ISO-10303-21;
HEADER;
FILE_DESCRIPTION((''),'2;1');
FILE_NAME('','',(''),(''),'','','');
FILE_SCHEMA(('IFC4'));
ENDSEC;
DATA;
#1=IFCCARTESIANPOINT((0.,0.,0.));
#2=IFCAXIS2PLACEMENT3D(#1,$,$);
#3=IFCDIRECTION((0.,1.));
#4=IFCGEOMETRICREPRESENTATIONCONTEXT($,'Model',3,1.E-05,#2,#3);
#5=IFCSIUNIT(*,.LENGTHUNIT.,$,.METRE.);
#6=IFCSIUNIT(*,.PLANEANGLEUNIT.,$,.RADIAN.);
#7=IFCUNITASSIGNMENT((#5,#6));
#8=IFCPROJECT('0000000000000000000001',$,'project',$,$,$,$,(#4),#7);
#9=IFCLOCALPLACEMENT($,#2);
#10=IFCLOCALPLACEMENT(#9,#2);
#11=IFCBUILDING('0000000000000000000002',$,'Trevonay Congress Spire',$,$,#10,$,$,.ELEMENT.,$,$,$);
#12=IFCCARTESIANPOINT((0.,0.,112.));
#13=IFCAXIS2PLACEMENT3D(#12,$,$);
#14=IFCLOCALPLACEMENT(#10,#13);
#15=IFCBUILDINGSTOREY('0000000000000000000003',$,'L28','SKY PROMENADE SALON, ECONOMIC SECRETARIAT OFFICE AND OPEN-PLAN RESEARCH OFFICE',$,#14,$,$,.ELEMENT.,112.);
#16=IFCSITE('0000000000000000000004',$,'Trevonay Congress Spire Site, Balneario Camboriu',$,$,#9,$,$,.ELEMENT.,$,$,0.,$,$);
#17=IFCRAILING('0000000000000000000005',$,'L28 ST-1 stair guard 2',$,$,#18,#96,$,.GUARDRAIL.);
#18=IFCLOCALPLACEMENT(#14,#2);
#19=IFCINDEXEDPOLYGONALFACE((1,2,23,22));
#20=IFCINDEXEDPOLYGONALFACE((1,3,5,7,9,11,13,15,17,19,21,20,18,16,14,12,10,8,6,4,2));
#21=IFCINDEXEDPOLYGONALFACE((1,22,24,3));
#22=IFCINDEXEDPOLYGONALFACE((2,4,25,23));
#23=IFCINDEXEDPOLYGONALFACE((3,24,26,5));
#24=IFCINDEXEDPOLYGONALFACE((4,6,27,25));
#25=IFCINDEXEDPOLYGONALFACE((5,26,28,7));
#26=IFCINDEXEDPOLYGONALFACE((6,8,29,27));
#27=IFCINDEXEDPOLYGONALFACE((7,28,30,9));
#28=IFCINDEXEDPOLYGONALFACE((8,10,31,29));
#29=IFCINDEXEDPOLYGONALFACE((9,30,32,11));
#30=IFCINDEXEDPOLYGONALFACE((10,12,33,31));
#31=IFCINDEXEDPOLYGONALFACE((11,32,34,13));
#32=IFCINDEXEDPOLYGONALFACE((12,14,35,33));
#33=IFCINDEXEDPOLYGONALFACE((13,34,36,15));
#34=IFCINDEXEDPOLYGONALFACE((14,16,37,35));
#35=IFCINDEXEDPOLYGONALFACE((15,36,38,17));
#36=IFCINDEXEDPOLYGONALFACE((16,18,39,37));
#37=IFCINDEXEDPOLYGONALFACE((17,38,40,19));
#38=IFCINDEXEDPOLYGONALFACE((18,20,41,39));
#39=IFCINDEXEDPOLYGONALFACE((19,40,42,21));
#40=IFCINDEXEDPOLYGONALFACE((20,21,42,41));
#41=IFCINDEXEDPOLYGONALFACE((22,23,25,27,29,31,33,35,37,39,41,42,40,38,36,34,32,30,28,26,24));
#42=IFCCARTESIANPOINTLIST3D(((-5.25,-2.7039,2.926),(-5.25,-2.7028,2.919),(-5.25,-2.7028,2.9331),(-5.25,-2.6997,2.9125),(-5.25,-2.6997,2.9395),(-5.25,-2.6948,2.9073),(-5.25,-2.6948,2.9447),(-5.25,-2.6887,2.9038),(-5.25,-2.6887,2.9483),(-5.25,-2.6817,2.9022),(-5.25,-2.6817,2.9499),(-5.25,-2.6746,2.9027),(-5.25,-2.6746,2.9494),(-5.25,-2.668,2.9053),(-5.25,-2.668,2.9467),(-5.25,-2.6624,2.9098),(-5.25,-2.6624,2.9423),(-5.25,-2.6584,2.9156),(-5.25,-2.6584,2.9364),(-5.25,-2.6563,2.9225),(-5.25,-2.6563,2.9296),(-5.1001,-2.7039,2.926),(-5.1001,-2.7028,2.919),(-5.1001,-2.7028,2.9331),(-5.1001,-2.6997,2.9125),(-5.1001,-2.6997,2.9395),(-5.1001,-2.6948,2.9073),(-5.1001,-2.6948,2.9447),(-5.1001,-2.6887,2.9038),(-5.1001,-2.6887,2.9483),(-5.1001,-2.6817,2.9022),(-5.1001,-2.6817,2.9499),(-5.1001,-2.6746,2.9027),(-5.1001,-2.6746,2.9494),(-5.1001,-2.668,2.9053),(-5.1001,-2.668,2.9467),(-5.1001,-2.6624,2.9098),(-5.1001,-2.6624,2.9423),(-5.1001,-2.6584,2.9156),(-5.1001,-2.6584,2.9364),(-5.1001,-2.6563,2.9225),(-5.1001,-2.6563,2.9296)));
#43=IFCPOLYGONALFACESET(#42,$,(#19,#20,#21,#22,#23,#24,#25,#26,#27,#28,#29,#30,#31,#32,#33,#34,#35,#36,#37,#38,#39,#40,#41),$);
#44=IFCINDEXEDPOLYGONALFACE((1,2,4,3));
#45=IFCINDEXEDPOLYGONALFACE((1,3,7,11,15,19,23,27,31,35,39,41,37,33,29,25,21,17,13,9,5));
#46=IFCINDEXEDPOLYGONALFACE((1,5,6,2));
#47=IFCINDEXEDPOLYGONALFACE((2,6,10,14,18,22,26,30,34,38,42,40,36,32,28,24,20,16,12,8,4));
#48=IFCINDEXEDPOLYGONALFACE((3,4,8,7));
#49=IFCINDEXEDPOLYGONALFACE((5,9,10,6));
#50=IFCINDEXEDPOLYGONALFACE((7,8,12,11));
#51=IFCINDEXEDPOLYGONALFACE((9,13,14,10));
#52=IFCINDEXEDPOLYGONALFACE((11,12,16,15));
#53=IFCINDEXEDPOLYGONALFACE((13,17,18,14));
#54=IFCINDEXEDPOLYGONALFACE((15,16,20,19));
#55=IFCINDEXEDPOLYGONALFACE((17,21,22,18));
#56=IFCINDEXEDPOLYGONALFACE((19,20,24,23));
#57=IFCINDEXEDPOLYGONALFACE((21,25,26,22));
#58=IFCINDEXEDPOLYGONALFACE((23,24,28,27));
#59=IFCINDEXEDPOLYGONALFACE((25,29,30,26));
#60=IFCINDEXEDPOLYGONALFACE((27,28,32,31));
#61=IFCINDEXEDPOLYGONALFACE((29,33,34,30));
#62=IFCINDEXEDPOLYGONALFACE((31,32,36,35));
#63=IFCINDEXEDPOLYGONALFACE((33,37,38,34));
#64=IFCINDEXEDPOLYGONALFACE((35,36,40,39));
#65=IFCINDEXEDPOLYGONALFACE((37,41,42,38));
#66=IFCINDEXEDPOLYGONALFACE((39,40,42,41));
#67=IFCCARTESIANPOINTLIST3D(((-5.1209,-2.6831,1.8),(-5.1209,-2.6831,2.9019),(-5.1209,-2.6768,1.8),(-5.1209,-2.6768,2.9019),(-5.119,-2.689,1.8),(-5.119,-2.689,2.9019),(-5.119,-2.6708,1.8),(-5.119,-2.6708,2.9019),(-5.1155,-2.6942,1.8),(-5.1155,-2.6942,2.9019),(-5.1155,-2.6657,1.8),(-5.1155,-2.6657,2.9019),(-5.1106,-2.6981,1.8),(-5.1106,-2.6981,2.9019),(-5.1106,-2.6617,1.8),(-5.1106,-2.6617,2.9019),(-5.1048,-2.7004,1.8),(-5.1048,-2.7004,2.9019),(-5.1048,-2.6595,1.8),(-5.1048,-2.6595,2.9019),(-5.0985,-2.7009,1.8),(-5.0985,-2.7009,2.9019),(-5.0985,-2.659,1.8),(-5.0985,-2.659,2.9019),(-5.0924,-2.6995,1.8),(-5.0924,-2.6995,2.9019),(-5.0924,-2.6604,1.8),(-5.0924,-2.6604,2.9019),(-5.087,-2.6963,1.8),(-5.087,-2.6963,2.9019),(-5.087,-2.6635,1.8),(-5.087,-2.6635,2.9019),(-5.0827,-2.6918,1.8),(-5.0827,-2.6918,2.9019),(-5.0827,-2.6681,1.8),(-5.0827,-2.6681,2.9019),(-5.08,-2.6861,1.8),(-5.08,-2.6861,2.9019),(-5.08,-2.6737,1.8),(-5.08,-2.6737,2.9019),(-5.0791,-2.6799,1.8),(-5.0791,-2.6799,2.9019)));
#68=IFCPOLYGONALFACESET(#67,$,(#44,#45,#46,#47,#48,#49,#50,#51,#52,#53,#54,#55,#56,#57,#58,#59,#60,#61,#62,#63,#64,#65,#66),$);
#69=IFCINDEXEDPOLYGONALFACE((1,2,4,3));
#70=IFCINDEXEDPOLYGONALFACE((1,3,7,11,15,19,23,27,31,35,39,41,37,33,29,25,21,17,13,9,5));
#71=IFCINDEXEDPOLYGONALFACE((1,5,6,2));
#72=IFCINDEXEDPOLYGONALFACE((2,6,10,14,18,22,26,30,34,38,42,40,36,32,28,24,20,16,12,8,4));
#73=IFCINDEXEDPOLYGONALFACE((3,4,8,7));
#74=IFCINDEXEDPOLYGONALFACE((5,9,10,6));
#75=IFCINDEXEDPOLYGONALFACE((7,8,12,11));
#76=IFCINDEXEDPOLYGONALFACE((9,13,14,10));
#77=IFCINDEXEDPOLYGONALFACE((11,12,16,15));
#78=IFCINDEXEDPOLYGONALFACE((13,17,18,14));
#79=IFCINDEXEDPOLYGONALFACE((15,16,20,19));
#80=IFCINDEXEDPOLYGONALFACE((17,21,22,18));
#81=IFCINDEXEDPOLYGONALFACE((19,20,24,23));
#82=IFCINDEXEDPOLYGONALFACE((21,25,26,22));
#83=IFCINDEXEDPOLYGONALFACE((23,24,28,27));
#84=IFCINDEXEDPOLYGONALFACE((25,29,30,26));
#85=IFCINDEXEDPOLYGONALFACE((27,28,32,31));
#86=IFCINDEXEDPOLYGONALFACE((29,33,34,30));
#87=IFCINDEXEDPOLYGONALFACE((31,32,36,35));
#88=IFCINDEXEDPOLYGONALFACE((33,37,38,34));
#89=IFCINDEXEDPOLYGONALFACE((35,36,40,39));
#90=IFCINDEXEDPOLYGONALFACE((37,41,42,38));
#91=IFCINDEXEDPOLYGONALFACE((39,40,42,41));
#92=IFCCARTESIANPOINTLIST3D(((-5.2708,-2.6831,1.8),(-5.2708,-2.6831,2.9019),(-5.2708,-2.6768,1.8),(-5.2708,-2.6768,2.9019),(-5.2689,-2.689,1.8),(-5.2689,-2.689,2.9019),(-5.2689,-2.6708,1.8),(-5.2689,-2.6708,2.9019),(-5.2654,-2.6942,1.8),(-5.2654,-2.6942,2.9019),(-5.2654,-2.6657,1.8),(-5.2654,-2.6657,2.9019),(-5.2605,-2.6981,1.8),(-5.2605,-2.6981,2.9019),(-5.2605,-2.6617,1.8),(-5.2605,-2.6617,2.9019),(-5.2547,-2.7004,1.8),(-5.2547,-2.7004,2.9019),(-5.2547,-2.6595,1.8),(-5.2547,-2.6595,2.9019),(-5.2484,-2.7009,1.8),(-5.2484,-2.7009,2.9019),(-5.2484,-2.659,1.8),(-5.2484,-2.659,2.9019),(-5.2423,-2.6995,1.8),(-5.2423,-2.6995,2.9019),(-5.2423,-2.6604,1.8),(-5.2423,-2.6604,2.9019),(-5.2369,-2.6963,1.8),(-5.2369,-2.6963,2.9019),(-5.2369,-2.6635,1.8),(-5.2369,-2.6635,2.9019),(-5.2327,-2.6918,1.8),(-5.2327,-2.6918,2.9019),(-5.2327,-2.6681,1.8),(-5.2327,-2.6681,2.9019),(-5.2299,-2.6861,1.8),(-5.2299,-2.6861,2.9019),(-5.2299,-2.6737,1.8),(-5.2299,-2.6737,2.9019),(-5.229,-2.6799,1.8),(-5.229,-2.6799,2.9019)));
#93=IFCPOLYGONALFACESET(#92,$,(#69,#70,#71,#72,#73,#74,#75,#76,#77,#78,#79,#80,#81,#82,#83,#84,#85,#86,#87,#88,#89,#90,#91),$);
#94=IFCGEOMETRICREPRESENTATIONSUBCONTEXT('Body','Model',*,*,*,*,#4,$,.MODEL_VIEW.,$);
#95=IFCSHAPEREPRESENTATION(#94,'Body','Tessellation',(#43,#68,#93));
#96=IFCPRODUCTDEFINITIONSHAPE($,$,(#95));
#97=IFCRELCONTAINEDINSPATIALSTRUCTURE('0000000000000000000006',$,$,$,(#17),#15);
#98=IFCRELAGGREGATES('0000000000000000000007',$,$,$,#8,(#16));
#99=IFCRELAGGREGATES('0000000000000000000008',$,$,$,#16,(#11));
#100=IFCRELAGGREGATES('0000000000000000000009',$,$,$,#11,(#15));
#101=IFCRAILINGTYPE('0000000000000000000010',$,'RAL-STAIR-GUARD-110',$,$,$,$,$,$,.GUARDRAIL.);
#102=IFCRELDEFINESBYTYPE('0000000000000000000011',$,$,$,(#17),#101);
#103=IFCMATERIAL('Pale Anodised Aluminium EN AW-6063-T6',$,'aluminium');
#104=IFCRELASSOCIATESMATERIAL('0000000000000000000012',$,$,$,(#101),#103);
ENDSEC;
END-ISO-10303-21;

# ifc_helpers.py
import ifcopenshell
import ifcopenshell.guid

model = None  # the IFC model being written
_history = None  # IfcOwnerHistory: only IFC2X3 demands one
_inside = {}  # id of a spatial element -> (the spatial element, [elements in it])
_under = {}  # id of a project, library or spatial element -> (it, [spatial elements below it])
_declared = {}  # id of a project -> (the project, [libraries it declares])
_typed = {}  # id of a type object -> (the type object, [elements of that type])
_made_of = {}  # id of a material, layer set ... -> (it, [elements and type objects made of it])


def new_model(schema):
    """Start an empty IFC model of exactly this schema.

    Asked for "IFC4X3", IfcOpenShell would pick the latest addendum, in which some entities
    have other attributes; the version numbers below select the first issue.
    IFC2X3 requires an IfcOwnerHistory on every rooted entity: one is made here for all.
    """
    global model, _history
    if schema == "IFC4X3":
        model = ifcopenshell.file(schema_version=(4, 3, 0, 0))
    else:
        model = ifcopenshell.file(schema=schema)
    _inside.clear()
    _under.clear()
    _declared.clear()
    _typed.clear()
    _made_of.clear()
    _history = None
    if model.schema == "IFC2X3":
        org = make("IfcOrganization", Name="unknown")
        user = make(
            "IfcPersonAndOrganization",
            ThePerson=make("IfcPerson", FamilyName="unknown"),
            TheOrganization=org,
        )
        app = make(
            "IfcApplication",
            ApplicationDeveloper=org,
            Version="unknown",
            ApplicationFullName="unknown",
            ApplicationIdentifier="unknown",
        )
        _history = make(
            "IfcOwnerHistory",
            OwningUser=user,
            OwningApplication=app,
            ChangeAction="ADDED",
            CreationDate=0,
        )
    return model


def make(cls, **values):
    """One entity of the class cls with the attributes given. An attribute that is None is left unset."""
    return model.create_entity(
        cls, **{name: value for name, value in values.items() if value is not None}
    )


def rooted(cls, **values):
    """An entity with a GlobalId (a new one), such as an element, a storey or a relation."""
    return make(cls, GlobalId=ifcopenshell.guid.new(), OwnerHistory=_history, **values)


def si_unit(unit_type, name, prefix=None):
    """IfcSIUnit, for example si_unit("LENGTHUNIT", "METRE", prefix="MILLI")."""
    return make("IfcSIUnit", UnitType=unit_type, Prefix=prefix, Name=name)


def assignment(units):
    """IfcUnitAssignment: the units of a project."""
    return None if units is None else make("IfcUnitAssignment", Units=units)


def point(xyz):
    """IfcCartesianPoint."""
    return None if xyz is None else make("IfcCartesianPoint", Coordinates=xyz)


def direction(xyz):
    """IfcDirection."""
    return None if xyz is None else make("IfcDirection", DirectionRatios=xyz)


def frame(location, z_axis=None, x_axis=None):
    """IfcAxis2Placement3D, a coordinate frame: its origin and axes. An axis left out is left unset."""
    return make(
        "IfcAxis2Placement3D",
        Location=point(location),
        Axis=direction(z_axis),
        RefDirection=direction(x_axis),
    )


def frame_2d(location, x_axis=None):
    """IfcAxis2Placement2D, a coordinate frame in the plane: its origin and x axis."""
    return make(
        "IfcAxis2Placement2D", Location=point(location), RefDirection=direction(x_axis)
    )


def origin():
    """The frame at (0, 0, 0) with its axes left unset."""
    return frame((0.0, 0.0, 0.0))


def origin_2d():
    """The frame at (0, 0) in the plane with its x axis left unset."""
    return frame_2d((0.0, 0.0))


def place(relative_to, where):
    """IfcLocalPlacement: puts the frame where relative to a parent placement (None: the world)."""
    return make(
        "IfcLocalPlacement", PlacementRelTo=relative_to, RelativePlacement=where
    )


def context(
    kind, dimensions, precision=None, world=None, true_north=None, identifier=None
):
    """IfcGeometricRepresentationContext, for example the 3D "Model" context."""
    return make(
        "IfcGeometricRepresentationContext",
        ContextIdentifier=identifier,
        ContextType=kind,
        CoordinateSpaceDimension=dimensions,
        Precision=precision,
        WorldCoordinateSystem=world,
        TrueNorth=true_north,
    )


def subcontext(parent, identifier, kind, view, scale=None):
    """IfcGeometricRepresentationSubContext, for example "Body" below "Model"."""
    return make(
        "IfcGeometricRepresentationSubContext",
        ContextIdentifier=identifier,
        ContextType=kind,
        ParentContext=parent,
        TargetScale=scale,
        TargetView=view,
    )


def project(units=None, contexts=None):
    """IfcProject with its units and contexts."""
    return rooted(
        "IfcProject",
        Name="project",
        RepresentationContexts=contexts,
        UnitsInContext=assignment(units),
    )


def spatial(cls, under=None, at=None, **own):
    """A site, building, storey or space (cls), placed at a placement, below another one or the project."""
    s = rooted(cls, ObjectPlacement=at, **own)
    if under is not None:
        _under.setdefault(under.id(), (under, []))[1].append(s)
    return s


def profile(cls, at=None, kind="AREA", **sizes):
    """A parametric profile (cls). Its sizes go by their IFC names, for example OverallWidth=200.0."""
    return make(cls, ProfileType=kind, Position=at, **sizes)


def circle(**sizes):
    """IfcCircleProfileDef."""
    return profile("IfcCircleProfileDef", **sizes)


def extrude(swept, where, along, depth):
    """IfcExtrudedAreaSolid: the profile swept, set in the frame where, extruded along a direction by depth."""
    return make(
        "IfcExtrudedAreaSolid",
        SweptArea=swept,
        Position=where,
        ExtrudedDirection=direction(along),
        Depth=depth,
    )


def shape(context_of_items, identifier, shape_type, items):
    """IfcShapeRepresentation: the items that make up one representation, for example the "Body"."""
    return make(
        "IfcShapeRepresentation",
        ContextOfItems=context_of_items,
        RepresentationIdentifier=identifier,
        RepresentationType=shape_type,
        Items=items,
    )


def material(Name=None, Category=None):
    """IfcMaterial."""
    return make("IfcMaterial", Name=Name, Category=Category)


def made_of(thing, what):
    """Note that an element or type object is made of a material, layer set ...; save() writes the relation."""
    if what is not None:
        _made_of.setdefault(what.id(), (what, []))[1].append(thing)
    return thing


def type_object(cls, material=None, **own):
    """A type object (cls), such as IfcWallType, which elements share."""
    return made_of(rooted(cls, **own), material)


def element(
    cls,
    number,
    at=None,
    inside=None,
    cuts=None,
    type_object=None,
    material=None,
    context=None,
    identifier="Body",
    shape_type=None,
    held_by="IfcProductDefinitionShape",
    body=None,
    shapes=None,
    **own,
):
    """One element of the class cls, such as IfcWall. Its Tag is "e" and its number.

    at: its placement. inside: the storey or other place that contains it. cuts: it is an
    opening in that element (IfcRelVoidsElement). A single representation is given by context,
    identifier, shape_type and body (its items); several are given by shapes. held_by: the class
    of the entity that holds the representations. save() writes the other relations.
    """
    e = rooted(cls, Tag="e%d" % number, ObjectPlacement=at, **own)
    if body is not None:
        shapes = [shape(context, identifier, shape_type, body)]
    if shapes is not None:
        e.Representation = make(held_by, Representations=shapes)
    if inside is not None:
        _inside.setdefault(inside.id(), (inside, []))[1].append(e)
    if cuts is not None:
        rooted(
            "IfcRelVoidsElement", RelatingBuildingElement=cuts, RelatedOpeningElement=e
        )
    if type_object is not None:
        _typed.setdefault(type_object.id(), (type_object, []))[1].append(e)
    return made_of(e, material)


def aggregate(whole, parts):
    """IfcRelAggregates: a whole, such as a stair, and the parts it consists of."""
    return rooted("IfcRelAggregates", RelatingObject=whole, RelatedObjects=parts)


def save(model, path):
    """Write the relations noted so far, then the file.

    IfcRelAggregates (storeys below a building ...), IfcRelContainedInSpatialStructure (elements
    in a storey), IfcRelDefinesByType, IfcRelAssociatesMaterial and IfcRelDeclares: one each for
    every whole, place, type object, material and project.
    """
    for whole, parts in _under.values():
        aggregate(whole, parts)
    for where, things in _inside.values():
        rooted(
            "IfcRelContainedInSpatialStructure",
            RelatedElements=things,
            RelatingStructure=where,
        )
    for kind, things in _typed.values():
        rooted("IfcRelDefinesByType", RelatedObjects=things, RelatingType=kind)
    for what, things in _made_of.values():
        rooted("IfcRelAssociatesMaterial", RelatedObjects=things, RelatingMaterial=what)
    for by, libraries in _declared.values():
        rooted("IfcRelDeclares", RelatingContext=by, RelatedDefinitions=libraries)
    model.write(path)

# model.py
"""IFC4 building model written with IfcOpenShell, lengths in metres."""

from ifc_helpers import new_model, si_unit, direction, frame, origin, origin_2d, place, context, subcontext, project, spatial, circle, extrude, material, type_object, element, save


model = new_model("IFC4")

# Units and contexts
model_context = context("Model", 3, precision=1e-05, world=origin(), true_north=direction((0.0, 1.0)))
body_context = subcontext(model_context, "Body", "Model", "MODEL_VIEW")
ifc_project = project(units=[si_unit("LENGTHUNIT", "METRE"), si_unit("PLANEANGLEUNIT", "RADIAN")], contexts=[model_context])

# Site, building, storey
site_placement = place(None, origin())
site = spatial("IfcSite", under=ifc_project, at=site_placement, Name="Trevonay Congress Spire Site, Balneario Camboriu", CompositionType="ELEMENT", RefElevation=0.0)
building_placement = place(site_placement, origin())
building = spatial("IfcBuilding", under=site, at=building_placement, Name="Trevonay Congress Spire", CompositionType="ELEMENT")
storey_placement = place(building_placement, frame((0.0, 0.0, 112.0)))
storey = spatial("IfcBuildingStorey", under=building, at=storey_placement, Name="L28", Description="SKY PROMENADE SALON, ECONOMIC SECRETARIAT OFFICE AND OPEN-PLAN RESEARCH OFFICE", CompositionType="ELEMENT", Elevation=112.0)

# Shared definitions
ifc_material_1 = material(Name="Pale Anodised Aluminium EN AW-6063-T6", Category="aluminium")

# Railing
railing_type_1 = type_object("IfcRailingType", Name="RAL-STAIR-GUARD-110", PredefinedType="GUARDRAIL", material=ifc_material_1)
railing_1_placement = place(storey_placement, frame((-5.1001, -2.6799, 1.8)))
element("IfcRailing", 1, at=railing_1_placement, inside=storey, type_object=railing_type_1, Name="L28 ST-1 stair guard 2", PredefinedType="GUARDRAIL", context=body_context, shape_type="SweptSolid", body=[
    extrude(circle(Radius=0.0239, at=origin_2d()), frame((0.0, 0.0, 1.126), z_axis=(-1.0, 0.0, 0.0), x_axis=(0.0, -1.0, 0.0)), (0.0, 0.0, 1.0), 0.1499),
    extrude(circle(Radius=0.021, at=origin_2d()), origin(), (0.0, 0.0, 1.0), 1.1018),
    extrude(circle(Radius=0.021, at=origin_2d()), frame((-0.1499, 0.0, 0.0)), (0.0, 0.0, 1.0), 1.1018),
])

save(model, "model.ifc")
